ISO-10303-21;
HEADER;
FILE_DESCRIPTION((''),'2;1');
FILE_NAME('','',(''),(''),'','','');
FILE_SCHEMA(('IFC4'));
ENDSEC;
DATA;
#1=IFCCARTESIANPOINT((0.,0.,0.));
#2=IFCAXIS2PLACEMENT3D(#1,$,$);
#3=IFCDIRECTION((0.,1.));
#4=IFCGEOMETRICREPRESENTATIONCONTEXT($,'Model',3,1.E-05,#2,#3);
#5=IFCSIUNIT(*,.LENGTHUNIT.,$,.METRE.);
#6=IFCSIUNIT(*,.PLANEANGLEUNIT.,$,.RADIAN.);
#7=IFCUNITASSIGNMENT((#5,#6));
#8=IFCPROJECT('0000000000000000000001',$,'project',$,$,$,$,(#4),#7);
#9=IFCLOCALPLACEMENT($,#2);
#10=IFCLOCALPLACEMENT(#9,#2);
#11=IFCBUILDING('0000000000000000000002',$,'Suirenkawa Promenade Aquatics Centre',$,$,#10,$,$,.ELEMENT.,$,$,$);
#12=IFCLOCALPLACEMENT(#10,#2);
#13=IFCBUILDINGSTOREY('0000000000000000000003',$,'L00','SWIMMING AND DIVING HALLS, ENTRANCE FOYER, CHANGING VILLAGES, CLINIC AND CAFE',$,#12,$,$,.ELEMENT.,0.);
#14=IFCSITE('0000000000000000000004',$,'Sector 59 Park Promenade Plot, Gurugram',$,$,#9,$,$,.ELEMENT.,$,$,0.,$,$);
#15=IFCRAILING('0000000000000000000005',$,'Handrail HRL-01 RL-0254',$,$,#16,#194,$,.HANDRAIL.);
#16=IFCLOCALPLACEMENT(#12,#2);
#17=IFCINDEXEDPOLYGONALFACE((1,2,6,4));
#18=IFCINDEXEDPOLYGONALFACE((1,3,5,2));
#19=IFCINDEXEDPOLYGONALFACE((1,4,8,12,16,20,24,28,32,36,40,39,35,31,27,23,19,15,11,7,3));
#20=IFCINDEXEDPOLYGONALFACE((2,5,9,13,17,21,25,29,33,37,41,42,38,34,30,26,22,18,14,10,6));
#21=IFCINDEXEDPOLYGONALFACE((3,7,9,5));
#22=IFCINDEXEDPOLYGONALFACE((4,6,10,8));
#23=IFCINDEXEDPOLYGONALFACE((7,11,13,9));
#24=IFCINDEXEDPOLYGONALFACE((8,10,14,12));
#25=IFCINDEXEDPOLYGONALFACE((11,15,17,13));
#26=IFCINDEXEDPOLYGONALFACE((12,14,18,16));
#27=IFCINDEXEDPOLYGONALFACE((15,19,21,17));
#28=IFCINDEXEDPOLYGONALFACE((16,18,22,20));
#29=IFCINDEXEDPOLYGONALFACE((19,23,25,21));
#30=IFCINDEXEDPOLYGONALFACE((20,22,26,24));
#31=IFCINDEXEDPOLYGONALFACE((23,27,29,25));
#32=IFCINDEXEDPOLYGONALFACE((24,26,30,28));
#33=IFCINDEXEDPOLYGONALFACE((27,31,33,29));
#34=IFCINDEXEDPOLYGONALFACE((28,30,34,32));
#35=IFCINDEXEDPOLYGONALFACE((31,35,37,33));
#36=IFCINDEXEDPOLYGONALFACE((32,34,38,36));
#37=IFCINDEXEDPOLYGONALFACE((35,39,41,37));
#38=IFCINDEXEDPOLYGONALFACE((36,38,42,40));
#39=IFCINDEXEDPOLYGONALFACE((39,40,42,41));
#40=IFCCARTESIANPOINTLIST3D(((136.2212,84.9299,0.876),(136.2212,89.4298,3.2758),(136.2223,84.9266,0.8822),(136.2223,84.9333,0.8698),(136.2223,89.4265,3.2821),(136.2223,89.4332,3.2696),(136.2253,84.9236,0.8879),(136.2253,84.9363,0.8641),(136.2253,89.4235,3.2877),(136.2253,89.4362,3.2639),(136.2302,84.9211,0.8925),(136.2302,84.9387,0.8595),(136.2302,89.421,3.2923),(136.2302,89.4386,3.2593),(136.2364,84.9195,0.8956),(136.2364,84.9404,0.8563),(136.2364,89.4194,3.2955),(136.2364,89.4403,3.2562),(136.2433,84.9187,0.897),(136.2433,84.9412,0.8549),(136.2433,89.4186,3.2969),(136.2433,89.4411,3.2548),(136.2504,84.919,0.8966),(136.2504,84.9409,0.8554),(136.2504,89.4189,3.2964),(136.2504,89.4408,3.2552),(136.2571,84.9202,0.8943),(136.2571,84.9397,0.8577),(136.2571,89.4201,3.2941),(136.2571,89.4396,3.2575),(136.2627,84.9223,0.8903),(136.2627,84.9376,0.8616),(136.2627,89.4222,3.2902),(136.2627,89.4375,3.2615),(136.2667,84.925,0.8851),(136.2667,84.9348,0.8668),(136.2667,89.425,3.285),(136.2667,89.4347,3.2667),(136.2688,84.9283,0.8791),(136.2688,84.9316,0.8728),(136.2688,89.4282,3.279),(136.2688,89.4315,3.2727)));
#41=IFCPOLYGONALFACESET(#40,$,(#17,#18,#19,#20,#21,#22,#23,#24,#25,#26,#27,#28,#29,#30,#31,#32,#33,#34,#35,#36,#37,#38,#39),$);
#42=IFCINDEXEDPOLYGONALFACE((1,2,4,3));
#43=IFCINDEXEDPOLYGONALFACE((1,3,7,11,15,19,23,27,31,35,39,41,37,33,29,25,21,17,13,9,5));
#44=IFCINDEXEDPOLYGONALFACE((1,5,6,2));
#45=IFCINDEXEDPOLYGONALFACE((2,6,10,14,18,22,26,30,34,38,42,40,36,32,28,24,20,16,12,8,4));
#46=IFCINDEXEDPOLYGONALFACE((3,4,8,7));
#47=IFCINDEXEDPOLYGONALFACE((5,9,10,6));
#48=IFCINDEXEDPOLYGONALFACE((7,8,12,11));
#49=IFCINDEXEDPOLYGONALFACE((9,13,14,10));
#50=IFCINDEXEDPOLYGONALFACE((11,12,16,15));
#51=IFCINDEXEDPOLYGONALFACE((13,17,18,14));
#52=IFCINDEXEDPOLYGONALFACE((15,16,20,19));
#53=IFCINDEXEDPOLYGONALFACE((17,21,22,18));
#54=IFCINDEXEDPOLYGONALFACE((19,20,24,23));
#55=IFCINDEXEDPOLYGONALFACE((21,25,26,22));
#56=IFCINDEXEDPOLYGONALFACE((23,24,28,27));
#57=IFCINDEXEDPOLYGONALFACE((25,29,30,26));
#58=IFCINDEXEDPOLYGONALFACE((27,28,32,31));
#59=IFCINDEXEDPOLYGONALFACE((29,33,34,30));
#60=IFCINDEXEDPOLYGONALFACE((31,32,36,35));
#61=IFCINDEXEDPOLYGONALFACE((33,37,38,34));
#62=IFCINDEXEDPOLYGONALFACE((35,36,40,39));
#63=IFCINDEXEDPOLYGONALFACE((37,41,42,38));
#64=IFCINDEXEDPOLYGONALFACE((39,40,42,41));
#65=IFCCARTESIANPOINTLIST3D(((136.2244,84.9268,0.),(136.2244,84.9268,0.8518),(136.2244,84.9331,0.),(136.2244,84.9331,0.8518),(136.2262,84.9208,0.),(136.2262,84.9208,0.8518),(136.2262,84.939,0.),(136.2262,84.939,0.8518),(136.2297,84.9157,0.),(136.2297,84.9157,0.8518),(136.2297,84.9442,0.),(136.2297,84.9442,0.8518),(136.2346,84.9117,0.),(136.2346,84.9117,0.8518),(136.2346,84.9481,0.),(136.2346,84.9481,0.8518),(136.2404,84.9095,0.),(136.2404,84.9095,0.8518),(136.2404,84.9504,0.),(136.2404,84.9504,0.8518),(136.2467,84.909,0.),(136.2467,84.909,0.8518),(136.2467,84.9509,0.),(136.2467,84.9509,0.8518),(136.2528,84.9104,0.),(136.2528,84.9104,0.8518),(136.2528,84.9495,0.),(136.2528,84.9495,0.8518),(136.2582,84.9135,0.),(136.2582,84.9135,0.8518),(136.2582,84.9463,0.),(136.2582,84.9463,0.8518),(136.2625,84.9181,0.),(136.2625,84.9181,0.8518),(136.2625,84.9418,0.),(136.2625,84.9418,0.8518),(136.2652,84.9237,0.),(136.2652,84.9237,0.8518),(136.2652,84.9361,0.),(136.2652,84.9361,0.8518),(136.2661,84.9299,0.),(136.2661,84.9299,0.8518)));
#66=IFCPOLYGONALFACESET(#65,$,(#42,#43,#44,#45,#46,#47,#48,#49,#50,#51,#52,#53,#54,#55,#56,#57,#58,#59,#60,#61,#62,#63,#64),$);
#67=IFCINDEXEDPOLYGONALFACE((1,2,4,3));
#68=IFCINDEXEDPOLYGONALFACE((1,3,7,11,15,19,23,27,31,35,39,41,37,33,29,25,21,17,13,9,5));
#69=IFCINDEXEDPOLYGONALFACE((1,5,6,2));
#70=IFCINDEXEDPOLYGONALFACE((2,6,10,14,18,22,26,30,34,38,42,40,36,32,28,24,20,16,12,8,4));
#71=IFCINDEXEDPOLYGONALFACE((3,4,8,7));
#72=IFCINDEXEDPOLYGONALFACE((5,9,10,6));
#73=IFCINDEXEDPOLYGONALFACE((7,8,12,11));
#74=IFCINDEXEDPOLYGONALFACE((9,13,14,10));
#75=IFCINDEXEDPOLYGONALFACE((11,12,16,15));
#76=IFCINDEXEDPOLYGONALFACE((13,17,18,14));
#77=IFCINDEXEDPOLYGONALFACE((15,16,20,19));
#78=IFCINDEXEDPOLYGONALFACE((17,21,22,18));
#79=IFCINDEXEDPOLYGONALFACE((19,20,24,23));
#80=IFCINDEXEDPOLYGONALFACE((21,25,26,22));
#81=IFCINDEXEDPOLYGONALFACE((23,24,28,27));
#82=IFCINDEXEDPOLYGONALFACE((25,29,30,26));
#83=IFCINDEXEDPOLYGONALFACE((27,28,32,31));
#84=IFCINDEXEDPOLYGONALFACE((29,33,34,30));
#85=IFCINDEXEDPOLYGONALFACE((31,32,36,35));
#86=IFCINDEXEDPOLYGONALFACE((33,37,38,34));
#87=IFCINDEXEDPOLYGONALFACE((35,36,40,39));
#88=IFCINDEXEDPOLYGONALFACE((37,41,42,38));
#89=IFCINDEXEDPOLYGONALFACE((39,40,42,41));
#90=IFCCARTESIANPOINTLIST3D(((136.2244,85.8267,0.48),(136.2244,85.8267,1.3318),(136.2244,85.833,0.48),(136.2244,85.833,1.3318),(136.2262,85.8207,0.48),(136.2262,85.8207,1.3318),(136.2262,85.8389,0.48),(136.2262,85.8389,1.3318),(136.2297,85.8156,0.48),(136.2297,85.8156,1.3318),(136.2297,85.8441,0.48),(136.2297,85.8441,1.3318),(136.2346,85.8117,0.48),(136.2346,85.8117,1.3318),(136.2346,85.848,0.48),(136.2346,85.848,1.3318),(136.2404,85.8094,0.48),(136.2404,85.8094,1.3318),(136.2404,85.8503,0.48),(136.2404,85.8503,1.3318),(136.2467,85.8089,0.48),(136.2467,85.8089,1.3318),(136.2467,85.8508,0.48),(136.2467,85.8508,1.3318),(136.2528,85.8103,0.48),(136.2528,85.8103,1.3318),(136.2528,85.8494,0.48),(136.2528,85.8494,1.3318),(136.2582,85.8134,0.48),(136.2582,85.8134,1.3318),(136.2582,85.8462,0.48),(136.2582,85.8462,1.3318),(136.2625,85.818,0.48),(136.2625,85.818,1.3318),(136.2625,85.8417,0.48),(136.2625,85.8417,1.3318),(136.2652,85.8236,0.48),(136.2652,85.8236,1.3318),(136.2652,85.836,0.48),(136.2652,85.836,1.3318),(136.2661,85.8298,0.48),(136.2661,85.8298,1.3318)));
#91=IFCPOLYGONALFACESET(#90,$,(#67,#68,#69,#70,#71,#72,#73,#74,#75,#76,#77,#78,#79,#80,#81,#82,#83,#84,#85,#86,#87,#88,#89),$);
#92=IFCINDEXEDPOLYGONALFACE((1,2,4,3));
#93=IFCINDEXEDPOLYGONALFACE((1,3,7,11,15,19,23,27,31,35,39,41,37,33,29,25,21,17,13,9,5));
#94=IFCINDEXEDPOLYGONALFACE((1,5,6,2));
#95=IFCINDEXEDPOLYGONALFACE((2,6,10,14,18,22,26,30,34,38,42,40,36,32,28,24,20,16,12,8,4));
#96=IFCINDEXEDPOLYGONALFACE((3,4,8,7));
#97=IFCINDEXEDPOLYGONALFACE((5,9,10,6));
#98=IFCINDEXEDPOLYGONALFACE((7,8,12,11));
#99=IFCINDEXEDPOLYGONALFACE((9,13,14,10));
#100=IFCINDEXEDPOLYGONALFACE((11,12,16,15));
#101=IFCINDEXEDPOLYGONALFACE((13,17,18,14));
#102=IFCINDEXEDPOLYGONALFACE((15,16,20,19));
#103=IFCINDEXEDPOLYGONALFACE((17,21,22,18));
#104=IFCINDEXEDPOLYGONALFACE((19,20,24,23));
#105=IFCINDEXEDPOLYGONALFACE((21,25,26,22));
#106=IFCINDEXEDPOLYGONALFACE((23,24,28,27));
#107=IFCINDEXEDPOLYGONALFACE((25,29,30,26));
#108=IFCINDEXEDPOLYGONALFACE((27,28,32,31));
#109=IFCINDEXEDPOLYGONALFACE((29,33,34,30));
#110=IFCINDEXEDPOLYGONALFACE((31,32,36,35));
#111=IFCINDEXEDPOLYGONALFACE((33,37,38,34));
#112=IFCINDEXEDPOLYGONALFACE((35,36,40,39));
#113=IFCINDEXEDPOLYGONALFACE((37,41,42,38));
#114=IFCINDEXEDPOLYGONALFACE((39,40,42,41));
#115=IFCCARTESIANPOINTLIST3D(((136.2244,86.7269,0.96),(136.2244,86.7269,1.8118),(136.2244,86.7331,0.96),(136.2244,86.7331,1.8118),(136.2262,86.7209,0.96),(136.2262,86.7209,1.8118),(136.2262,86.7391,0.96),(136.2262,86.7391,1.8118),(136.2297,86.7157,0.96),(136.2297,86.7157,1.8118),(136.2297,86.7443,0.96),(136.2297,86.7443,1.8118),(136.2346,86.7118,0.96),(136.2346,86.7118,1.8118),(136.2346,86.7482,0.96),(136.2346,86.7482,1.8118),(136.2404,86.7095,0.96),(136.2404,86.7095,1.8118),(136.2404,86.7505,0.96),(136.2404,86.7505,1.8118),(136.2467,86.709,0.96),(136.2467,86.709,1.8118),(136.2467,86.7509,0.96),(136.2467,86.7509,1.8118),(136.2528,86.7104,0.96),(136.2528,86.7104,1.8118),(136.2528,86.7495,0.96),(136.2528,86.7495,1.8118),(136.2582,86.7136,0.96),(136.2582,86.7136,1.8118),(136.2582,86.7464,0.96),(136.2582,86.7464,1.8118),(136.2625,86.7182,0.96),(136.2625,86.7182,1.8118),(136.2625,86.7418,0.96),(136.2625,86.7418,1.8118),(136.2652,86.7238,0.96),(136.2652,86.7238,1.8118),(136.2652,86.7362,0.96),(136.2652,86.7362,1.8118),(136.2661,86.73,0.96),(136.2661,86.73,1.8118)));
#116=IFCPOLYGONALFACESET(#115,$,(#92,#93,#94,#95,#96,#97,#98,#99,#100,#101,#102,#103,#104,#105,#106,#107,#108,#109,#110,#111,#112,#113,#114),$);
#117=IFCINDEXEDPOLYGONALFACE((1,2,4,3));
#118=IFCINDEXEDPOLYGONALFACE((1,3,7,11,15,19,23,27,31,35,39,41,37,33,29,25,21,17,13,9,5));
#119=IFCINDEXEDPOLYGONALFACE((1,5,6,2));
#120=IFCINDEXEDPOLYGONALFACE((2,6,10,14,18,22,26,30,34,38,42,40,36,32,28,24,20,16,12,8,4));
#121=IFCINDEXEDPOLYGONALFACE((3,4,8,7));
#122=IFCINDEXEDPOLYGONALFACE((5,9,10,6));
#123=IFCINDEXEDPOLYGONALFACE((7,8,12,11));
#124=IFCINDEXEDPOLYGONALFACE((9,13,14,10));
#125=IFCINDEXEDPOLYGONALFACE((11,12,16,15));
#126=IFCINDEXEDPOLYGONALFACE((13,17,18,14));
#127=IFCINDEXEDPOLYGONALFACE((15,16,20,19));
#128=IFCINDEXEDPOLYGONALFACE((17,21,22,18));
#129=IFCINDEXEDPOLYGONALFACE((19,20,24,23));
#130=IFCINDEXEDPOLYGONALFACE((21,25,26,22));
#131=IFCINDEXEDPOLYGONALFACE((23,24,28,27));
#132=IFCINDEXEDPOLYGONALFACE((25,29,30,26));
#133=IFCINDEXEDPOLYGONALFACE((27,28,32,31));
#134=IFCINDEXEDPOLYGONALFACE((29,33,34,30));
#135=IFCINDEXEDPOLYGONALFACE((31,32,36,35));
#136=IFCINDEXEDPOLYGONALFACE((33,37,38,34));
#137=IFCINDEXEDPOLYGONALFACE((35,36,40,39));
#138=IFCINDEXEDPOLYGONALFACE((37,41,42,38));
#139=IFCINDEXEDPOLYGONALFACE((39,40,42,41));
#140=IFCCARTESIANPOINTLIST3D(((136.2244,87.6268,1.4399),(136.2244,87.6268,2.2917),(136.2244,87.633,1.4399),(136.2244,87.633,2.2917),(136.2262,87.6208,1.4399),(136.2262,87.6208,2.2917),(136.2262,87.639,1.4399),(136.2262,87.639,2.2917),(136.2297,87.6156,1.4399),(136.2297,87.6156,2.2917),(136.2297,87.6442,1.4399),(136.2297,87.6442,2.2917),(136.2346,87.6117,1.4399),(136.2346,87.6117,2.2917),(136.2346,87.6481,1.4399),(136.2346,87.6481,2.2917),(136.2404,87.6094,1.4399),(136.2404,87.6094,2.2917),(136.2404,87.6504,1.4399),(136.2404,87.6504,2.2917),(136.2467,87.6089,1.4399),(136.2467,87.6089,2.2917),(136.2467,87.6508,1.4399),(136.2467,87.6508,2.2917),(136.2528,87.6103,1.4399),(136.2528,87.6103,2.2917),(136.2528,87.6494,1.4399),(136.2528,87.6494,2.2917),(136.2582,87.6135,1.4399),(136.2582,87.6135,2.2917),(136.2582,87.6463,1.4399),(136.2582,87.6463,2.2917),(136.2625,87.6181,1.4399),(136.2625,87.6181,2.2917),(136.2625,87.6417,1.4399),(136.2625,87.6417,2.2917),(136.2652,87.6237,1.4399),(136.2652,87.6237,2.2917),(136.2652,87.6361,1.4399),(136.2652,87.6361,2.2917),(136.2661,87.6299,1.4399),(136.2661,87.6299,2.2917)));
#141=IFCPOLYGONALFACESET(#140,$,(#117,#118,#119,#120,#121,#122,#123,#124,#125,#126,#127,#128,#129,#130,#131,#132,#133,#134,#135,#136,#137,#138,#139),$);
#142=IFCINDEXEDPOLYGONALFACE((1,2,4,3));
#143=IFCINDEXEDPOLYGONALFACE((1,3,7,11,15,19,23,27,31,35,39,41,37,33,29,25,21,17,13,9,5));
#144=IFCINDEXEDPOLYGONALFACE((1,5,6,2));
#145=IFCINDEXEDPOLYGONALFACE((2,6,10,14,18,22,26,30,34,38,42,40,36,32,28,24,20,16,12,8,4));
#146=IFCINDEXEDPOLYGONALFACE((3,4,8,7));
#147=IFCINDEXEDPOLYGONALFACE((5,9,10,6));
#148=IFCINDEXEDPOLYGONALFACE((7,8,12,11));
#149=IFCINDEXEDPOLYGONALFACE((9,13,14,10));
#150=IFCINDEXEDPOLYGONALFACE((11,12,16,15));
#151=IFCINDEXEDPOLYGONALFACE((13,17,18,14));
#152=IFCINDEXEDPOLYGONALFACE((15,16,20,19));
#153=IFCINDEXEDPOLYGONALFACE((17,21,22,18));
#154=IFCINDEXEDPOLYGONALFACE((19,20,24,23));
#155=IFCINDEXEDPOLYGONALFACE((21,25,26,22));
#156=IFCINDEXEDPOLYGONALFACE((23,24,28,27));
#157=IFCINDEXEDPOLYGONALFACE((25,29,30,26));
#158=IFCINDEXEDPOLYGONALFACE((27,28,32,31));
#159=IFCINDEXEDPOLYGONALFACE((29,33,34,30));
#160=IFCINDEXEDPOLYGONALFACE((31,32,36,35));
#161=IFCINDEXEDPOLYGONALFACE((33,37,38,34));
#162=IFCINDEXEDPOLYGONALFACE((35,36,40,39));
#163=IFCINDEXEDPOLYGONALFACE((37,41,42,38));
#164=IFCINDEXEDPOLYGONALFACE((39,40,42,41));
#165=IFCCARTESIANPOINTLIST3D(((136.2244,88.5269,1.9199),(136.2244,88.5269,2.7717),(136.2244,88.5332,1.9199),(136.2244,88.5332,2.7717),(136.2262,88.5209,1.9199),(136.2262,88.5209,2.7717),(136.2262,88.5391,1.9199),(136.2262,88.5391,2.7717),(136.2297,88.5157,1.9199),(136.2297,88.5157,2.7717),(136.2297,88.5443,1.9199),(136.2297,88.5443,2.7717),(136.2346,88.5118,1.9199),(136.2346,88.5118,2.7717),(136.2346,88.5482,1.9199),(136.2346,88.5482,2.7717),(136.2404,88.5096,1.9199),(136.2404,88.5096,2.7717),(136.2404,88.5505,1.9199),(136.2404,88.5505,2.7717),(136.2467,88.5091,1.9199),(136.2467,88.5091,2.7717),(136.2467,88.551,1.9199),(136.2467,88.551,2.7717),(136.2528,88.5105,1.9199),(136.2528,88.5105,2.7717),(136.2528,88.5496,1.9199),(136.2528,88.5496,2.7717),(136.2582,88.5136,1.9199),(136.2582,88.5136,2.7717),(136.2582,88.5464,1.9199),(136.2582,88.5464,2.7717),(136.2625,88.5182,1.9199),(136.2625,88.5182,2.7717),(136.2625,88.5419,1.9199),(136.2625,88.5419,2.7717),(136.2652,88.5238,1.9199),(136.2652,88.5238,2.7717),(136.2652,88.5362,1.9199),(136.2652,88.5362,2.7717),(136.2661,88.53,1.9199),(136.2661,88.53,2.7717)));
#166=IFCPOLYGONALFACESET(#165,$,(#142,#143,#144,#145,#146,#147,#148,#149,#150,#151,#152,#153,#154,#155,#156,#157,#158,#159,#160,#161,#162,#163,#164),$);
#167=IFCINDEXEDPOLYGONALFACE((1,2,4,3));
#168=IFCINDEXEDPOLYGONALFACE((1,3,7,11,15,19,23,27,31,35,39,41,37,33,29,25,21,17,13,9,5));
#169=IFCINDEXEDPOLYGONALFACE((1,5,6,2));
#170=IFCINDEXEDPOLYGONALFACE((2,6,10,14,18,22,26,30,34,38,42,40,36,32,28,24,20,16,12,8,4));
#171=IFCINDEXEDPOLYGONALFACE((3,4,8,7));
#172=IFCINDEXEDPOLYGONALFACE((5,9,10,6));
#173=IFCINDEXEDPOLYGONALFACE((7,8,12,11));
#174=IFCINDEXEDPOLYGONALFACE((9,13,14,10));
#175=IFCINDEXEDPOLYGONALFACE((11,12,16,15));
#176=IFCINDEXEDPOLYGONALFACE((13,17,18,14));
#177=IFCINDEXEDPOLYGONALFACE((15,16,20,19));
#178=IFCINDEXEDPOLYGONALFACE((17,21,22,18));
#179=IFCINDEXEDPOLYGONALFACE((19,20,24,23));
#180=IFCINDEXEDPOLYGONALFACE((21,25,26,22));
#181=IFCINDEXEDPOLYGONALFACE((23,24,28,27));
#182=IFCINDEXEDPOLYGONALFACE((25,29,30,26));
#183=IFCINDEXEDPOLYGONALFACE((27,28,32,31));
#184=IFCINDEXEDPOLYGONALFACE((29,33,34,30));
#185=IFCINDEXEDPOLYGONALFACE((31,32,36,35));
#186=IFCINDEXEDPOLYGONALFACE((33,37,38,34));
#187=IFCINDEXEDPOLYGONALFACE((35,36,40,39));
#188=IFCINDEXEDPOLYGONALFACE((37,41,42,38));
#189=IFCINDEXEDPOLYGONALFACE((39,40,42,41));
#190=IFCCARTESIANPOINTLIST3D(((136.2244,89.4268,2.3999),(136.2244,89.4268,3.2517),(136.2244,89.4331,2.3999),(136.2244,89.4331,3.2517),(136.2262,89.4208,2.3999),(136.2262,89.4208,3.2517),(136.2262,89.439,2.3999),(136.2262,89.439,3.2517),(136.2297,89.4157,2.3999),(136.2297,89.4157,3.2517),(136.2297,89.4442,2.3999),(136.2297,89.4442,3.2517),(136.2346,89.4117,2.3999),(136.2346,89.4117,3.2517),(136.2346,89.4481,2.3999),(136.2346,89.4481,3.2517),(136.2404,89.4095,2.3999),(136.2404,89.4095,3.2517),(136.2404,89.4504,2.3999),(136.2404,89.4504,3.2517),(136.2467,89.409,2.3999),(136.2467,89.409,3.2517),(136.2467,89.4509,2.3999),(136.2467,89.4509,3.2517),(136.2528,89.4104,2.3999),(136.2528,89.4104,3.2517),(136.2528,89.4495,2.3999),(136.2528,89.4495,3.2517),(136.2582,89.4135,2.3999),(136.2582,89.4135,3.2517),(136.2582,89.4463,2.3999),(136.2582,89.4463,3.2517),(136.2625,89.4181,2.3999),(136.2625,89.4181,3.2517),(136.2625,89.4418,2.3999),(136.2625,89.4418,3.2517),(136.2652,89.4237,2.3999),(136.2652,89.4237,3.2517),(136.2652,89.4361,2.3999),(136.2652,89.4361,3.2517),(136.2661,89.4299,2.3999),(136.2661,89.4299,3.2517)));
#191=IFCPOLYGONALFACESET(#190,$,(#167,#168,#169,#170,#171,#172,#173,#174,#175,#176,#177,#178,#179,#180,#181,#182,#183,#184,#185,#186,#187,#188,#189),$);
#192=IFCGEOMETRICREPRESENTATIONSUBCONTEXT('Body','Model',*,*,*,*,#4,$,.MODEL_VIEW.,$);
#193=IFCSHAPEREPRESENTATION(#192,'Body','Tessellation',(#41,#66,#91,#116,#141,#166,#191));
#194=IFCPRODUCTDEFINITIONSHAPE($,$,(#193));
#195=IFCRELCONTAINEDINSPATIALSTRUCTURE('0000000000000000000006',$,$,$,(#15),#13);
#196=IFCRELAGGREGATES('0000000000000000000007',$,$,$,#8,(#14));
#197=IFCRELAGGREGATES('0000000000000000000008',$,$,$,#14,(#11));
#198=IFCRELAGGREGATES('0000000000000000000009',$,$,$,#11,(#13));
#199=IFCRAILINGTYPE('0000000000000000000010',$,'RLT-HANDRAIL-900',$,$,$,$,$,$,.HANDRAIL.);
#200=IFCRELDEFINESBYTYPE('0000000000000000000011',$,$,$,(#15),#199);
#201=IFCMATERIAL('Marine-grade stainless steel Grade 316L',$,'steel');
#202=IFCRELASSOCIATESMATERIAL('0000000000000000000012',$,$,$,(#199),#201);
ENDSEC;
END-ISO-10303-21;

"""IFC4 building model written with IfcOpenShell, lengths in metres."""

from ifc_helpers import new_model, si_unit, direction, frame, origin, origin_2d, place, context, subcontext, project, spatial, circle, extrude, material, type_object, element, save


model = new_model("IFC4")

# Units and contexts
model_context = context("Model", 3, precision=1e-05, world=origin(), true_north=direction((0.0, 1.0)))
body_context = subcontext(model_context, "Body", "Model", "MODEL_VIEW")
ifc_project = project(units=[si_unit("LENGTHUNIT", "METRE"), si_unit("PLANEANGLEUNIT", "RADIAN")], contexts=[model_context])

# Site, building, storey
site_placement = place(None, origin())
site = spatial("IfcSite", under=ifc_project, at=site_placement, Name="Sector 59 Park Promenade Plot, Gurugram", CompositionType="ELEMENT", RefElevation=0.0)
building_placement = place(site_placement, origin())
building = spatial("IfcBuilding", under=site, at=building_placement, Name="Suirenkawa Promenade Aquatics Centre", CompositionType="ELEMENT")
storey_placement = place(building_placement, origin())
storey = spatial("IfcBuildingStorey", under=building, at=storey_placement, Name="L00", Description="SWIMMING AND DIVING HALLS, ENTRANCE FOYER, CHANGING VILLAGES, CLINIC AND CAFE", CompositionType="ELEMENT", Elevation=0.0)

# Railing
ifc_material_1 = material(Name="Marine-grade stainless steel Grade 316L", Category="steel")
railing_type_1 = type_object("IfcRailingType", Name="RLT-HANDRAIL-900", PredefinedType="HANDRAIL", material=ifc_material_1)
for number, where, name in (
    (1, (136.2451, 84.9299, 0.0), "Handrail HRL-01 RL-0254"),
):
    element("IfcRailing", number, at=place(storey_placement, frame(where)), inside=storey, type_object=railing_type_1, Name=name, PredefinedType="HANDRAIL", context=body_context, shape_type="SweptSolid", body=[
        extrude(circle(Radius=0.0239, at=origin_2d()), frame((0.0, 0.0, 0.876), z_axis=(0.0, 0.882361, 0.470573), x_axis=(-1.0, 0.0, 0.0)), (0.0, 0.0, 1.0), 5.0999),
        extrude(circle(Radius=0.021, at=origin_2d()), origin(), (0.0, 0.0, 1.0), 0.8518),
        extrude(circle(Radius=0.021, at=origin_2d()), frame((0.0, 0.8999, 0.48)), (0.0, 0.0, 1.0), 0.8518),
        extrude(circle(Radius=0.021, at=origin_2d()), frame((0.0, 1.8, 0.96)), (0.0, 0.0, 1.0), 0.8518),
        extrude(circle(Radius=0.021, at=origin_2d()), frame((0.0, 2.7, 1.4399)), (0.0, 0.0, 1.0), 0.8518),
        extrude(circle(Radius=0.021, at=origin_2d()), frame((0.0, 3.6001, 1.9199)), (0.0, 0.0, 1.0), 0.8518),
        extrude(circle(Radius=0.021, at=origin_2d()), frame((0.0, 4.5, 2.3999)), (0.0, 0.0, 1.0), 0.8518),
    ])

save(model, "model.ifc")
